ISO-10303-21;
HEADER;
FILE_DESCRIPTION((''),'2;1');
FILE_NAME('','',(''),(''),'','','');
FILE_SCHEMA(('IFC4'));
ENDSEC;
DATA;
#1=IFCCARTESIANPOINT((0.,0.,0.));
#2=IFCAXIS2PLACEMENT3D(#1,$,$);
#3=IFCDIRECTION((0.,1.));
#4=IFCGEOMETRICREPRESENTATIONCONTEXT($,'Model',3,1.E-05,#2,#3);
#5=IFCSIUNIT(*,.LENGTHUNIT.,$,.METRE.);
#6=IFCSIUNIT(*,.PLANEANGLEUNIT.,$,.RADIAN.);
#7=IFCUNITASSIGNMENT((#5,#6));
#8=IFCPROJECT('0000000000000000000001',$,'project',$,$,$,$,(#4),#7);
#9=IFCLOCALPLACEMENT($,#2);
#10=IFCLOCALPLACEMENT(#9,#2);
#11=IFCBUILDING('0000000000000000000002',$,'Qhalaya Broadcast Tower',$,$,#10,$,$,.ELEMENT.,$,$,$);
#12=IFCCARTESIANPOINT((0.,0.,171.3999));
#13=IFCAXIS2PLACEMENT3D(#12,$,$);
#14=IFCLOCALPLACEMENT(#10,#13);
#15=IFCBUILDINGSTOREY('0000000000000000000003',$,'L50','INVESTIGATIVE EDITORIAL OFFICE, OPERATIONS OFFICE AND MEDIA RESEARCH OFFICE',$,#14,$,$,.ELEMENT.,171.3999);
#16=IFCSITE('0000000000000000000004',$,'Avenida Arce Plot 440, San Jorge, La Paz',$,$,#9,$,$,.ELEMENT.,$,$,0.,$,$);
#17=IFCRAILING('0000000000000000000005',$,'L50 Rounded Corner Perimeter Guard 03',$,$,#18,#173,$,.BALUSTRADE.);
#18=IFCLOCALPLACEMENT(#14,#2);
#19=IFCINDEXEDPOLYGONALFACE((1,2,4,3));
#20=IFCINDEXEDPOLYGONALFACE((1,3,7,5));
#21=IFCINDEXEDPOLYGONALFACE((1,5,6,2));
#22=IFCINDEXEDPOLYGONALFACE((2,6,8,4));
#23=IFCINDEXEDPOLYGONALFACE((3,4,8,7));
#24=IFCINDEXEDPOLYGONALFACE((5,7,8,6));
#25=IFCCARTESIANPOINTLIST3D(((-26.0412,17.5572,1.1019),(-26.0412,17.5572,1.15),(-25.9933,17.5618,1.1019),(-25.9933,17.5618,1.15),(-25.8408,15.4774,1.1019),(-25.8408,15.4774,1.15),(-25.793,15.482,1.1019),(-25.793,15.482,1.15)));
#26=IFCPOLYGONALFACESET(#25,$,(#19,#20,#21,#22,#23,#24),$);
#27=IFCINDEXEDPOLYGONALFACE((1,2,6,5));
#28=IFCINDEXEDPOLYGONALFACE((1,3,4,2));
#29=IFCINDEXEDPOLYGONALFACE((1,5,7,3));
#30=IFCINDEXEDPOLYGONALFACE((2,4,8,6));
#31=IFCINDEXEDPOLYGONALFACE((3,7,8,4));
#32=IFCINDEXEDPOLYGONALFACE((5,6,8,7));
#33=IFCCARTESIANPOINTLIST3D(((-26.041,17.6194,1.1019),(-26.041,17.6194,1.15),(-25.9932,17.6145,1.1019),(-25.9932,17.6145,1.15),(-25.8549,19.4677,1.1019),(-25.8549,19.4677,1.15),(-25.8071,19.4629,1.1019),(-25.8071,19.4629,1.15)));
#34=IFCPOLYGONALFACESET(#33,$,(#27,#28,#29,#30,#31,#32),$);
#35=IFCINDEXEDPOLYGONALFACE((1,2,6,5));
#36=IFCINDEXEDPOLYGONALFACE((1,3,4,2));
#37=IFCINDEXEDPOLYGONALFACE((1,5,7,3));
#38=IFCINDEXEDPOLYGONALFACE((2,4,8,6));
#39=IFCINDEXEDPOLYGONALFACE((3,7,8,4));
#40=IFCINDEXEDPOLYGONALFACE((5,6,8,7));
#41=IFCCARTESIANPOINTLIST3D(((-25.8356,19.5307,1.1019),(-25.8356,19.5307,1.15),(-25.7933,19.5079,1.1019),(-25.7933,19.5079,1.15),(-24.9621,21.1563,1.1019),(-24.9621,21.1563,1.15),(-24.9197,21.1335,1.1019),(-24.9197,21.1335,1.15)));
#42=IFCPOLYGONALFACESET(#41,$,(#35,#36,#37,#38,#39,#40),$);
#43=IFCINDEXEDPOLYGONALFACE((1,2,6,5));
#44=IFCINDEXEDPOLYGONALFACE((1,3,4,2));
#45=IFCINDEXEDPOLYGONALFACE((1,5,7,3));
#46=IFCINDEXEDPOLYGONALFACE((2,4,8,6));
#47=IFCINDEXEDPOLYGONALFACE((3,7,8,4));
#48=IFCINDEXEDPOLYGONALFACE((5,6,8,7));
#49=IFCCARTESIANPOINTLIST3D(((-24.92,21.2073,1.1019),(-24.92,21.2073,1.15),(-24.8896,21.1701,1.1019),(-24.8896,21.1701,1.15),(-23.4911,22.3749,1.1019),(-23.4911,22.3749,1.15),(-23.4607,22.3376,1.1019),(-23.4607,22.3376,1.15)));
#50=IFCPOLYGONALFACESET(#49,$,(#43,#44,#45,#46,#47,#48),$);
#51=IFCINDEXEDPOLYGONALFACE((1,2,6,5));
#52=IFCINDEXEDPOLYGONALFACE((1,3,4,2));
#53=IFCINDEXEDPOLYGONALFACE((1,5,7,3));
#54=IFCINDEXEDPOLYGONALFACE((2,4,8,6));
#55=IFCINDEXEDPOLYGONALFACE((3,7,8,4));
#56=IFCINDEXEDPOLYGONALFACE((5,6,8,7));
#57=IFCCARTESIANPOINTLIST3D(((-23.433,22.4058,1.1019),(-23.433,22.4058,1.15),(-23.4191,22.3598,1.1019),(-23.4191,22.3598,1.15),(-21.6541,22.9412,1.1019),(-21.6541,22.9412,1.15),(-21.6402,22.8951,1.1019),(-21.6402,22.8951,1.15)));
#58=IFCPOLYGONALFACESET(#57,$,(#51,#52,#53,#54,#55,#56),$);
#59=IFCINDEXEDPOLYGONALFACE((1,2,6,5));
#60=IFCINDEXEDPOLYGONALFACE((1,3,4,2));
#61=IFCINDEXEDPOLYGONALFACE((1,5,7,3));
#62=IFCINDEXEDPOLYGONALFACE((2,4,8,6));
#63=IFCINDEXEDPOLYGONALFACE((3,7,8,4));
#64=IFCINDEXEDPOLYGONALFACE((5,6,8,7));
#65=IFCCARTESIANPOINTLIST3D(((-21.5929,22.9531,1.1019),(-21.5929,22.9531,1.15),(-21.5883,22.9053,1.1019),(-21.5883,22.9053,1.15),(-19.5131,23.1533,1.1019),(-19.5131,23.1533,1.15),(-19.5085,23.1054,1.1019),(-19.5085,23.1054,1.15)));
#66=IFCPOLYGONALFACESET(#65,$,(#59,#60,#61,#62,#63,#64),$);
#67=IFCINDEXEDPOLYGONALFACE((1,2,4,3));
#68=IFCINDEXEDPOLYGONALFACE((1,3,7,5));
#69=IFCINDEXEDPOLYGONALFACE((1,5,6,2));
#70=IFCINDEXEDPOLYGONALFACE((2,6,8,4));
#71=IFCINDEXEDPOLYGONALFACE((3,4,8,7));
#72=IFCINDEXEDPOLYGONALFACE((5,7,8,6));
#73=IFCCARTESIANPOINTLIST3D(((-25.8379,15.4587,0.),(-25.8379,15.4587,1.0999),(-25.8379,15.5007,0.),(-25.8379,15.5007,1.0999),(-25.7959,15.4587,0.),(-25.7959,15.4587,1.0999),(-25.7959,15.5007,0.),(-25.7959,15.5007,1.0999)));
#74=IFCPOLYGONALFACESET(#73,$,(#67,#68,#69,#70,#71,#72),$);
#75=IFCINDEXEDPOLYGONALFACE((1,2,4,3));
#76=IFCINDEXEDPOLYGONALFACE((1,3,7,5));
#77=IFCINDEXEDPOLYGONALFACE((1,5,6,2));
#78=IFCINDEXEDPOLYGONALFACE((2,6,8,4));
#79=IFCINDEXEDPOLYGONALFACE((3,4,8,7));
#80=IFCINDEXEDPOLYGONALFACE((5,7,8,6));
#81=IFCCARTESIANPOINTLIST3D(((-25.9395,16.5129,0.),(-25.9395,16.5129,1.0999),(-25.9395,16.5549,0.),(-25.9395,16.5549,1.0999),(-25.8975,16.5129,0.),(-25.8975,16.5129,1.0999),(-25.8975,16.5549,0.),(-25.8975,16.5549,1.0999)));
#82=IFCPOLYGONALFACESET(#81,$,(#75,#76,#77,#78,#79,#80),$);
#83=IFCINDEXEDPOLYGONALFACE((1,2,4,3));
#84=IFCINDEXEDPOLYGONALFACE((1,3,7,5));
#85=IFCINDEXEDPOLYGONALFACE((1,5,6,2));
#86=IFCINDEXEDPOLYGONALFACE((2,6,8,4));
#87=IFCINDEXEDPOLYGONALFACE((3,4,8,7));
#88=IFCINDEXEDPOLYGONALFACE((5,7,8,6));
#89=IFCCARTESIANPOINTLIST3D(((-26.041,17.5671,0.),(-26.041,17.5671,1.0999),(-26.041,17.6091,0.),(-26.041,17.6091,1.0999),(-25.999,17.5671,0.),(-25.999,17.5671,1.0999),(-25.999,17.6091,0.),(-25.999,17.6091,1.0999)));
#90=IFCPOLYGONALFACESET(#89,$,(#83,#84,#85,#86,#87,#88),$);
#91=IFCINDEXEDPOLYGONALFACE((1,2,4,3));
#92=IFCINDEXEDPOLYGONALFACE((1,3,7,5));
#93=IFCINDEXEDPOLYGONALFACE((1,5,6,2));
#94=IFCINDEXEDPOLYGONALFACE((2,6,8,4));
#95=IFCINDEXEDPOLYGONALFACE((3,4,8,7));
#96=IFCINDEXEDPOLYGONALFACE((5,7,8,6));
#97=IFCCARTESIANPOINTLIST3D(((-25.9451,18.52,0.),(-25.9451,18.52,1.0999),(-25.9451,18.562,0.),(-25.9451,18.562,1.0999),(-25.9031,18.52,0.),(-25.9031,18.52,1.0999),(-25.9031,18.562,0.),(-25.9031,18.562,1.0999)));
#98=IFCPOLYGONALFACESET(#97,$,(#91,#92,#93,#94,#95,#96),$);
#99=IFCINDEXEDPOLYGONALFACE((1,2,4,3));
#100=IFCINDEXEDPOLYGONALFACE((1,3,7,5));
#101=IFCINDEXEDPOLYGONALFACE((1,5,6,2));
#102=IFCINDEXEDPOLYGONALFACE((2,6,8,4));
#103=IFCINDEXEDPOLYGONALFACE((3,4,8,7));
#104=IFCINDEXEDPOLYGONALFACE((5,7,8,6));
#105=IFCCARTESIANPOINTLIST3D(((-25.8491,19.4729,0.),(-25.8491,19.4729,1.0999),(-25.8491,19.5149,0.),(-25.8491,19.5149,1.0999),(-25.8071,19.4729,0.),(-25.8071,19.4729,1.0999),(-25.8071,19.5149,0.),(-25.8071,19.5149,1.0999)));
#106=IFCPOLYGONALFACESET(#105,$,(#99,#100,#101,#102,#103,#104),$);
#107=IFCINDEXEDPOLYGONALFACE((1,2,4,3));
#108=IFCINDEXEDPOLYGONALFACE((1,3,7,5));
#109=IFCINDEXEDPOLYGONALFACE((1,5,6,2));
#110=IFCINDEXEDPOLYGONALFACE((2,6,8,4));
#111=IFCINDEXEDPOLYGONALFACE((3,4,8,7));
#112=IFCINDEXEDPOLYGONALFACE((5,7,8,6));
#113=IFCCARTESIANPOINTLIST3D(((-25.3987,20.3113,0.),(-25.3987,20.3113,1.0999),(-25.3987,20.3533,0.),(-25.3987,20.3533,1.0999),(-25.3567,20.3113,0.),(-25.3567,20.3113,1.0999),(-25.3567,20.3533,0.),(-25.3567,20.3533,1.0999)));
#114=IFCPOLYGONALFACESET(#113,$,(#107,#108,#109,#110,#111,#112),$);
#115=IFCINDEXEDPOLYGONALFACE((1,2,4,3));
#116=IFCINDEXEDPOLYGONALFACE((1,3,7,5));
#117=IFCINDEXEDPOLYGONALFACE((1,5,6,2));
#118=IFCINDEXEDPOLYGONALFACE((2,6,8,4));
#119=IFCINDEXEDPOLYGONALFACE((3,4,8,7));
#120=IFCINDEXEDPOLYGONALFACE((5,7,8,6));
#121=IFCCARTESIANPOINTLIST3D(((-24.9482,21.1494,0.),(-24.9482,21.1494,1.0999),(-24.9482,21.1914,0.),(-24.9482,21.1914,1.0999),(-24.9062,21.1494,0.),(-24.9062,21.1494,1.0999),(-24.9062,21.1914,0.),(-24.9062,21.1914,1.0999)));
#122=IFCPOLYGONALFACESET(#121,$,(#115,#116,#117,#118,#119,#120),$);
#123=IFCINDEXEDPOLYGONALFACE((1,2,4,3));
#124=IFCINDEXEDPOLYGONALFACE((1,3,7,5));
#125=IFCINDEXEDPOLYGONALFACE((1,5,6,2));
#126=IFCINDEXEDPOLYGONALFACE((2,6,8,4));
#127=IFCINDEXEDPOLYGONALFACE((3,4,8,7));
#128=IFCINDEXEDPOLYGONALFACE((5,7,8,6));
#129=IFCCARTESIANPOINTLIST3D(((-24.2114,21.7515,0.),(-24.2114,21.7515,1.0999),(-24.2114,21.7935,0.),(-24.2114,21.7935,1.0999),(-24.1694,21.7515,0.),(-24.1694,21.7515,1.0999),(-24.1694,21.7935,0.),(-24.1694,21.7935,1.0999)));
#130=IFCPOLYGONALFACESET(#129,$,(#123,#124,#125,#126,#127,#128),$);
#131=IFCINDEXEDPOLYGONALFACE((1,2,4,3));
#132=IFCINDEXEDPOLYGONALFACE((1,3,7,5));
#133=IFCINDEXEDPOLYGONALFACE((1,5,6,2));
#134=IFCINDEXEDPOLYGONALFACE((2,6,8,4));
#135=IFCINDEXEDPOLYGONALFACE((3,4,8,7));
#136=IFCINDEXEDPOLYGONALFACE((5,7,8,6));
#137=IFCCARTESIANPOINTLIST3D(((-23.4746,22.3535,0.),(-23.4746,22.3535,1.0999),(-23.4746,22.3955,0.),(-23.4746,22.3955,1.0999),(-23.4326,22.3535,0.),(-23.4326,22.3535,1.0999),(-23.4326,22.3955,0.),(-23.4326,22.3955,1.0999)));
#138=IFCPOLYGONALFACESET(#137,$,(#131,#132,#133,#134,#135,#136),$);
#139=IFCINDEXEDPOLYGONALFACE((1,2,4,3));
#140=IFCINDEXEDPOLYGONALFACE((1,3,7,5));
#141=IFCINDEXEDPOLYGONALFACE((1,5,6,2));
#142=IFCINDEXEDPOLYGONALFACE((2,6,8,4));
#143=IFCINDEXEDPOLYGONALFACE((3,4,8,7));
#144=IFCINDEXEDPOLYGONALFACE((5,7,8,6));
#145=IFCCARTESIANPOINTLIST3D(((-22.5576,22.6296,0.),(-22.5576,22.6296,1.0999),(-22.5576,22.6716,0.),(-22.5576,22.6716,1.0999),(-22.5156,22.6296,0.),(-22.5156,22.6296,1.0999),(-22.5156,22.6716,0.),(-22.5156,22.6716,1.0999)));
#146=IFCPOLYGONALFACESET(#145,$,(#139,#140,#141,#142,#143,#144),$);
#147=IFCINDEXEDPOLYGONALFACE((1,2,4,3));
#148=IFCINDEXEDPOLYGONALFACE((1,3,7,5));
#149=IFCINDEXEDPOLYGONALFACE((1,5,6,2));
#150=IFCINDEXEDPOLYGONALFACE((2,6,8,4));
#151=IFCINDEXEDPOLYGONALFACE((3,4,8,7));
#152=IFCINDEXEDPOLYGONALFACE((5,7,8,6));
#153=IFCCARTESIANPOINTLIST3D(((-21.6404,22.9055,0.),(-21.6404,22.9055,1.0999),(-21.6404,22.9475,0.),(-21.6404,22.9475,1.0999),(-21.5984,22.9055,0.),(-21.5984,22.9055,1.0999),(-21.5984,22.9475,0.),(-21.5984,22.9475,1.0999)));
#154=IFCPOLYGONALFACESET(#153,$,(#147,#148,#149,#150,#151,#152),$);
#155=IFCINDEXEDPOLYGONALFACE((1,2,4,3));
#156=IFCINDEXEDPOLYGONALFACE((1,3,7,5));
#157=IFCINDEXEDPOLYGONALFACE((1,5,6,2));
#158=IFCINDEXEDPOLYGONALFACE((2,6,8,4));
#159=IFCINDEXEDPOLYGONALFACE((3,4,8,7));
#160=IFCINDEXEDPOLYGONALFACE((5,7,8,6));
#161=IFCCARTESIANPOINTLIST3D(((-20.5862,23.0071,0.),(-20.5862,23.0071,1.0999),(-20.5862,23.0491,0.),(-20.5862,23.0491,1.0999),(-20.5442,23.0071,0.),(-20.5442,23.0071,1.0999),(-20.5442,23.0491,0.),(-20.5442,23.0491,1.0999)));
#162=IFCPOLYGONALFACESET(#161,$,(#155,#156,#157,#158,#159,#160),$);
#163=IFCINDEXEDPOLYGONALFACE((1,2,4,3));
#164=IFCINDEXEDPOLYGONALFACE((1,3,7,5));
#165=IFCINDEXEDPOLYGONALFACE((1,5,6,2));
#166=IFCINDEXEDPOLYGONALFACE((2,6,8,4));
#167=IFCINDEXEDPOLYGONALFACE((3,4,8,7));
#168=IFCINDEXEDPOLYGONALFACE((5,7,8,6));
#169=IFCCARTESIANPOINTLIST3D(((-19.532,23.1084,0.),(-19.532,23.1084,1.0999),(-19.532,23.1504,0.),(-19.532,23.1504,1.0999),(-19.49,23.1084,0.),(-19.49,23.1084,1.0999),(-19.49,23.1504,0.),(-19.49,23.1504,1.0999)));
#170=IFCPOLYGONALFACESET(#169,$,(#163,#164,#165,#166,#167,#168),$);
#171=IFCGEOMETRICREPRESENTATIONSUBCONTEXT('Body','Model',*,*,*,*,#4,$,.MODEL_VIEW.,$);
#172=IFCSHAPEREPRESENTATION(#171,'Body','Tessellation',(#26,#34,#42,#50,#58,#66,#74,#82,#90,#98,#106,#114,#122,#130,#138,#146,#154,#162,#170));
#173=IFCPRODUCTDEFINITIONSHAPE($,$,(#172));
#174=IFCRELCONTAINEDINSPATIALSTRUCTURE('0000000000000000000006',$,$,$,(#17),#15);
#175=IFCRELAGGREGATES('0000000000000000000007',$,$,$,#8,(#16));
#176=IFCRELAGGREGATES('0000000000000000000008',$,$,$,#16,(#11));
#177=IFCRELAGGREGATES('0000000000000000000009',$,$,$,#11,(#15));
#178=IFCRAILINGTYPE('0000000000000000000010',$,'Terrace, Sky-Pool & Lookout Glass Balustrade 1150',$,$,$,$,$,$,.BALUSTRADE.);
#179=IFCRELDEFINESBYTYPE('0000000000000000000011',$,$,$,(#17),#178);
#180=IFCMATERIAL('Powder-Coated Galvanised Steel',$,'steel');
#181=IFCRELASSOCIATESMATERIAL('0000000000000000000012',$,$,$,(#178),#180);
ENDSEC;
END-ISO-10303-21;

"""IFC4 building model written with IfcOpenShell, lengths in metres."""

from ifc_helpers import new_model, si_unit, direction, frame, origin, origin_2d, place, context, subcontext, project, spatial, rectangle, extrude, material, type_object, element, save


model = new_model("IFC4")

# Units and contexts
model_context = context("Model", 3, precision=1e-05, world=origin(), true_north=direction((0.0, 1.0)))
body_context = subcontext(model_context, "Body", "Model", "MODEL_VIEW")
ifc_project = project(units=[si_unit("LENGTHUNIT", "METRE"), si_unit("PLANEANGLEUNIT", "RADIAN")], contexts=[model_context])

# Site, building, storey
site_placement = place(None, origin())
site = spatial("IfcSite", under=ifc_project, at=site_placement, Name="Avenida Arce Plot 440, San Jorge, La Paz", CompositionType="ELEMENT", RefElevation=0.0)
building_placement = place(site_placement, origin())
building = spatial("IfcBuilding", under=site, at=building_placement, Name="Qhalaya Broadcast Tower", CompositionType="ELEMENT")
storey_placement = place(building_placement, frame((0.0, 0.0, 171.3999)))
storey = spatial("IfcBuildingStorey", under=building, at=storey_placement, Name="L50", Description="INVESTIGATIVE EDITORIAL OFFICE, OPERATIONS OFFICE AND MEDIA RESEARCH OFFICE", CompositionType="ELEMENT", Elevation=171.3999)

# Railing
ifc_material_1 = material(Name="Powder-Coated Galvanised Steel", Category="steel")
railing_type = type_object("IfcRailingType", Name="Terrace, Sky-Pool & Lookout Glass Balustrade 1150", PredefinedType="BALUSTRADE", material=ifc_material_1)
railing_placement = place(storey_placement, frame((-25.8169, 15.4797, 0.0)))
element("IfcRailing", 1, at=railing_placement, inside=storey, type_object=railing_type, Name="L50 Rounded Corner Perimeter Guard 03", PredefinedType="BALUSTRADE", context=body_context, shape_type="SweptSolid", body=[
    extrude(rectangle(XDim=0.0481, YDim=0.0481, at=origin_2d()), frame((0.0, 0.0, 1.126), z_axis=(-0.095897, 0.995391, 0.0), x_axis=(-0.995391, -0.095897, 0.0)), (0.0, 0.0, 1.0), 2.0894),
    extrude(rectangle(XDim=0.0481, YDim=0.0481, at=origin_2d()), frame((-0.2002, 2.1372, 1.126), z_axis=(0.100185, 0.994969, 0.0), x_axis=(-0.994969, 0.100185, 0.0)), (0.0, 0.0, 1.0), 1.8577),
    extrude(rectangle(XDim=0.0481, YDim=0.0481, at=origin_2d()), frame((0.0024, 4.0396, 1.126), z_axis=(0.473342, 0.880879, 0.0), x_axis=(-0.880879, 0.473342, 0.0)), (0.0, 0.0, 1.0), 1.8455),
    extrude(rectangle(XDim=0.0481, YDim=0.0481, at=origin_2d()), frame((0.9121, 5.709, 1.126), z_axis=(0.774369, 0.632735, 0.0), x_axis=(-0.632735, 0.774369, 0.0)), (0.0, 0.0, 1.0), 1.8452),
    extrude(rectangle(XDim=0.0481, YDim=0.0481, at=origin_2d()), frame((2.3909, 6.9031, 1.126), z_axis=(0.957577, 0.288178, 0.0), x_axis=(-0.288178, 0.957577, 0.0)), (0.0, 0.0, 1.0), 1.8577),
    extrude(rectangle(XDim=0.0481, YDim=0.0481, at=origin_2d()), frame((4.2263, 7.4495, 1.126), z_axis=(0.995402, 0.095783, 0.0), x_axis=(-0.095783, 0.995402, 0.0)), (0.0, 0.0, 1.0), 2.0894),
    extrude(rectangle(XDim=0.042, YDim=0.042, at=origin_2d()), origin(), (0.0, 0.0, 1.0), 1.0999),
    extrude(rectangle(XDim=0.042, YDim=0.042, at=origin_2d()), frame((-0.1016, 1.0542, 0.0)), (0.0, 0.0, 1.0), 1.0999),
    extrude(rectangle(XDim=0.042, YDim=0.042, at=origin_2d()), frame((-0.2031, 2.1084, 0.0)), (0.0, 0.0, 1.0), 1.0999),
    extrude(rectangle(XDim=0.042, YDim=0.042, at=origin_2d()), frame((-0.1072, 3.0613, 0.0)), (0.0, 0.0, 1.0), 1.0999),
    extrude(rectangle(XDim=0.042, YDim=0.042, at=origin_2d()), frame((-0.0112, 4.0142, 0.0)), (0.0, 0.0, 1.0), 1.0999),
    extrude(rectangle(XDim=0.042, YDim=0.042, at=origin_2d()), frame((0.4392, 4.8525, 0.0)), (0.0, 0.0, 1.0), 1.0999),
    extrude(rectangle(XDim=0.042, YDim=0.042, at=origin_2d()), frame((0.8896, 5.6907, 0.0)), (0.0, 0.0, 1.0), 1.0999),
    extrude(rectangle(XDim=0.042, YDim=0.042, at=origin_2d()), frame((1.6265, 6.2927, 0.0)), (0.0, 0.0, 1.0), 1.0999),
    extrude(rectangle(XDim=0.042, YDim=0.042, at=origin_2d()), frame((2.3633, 6.8948, 0.0)), (0.0, 0.0, 1.0), 1.0999),
    extrude(rectangle(XDim=0.042, YDim=0.042, at=origin_2d()), frame((3.2803, 7.1709, 0.0)), (0.0, 0.0, 1.0), 1.0999),
    extrude(rectangle(XDim=0.042, YDim=0.042, at=origin_2d()), frame((4.1975, 7.4468, 0.0)), (0.0, 0.0, 1.0), 1.0999),
    extrude(rectangle(XDim=0.042, YDim=0.042, at=origin_2d()), frame((5.2517, 7.5483, 0.0)), (0.0, 0.0, 1.0), 1.0999),
    extrude(rectangle(XDim=0.042, YDim=0.042, at=origin_2d()), frame((6.3059, 7.6497, 0.0)), (0.0, 0.0, 1.0), 1.0999),
])

save(model, "model.ifc")
